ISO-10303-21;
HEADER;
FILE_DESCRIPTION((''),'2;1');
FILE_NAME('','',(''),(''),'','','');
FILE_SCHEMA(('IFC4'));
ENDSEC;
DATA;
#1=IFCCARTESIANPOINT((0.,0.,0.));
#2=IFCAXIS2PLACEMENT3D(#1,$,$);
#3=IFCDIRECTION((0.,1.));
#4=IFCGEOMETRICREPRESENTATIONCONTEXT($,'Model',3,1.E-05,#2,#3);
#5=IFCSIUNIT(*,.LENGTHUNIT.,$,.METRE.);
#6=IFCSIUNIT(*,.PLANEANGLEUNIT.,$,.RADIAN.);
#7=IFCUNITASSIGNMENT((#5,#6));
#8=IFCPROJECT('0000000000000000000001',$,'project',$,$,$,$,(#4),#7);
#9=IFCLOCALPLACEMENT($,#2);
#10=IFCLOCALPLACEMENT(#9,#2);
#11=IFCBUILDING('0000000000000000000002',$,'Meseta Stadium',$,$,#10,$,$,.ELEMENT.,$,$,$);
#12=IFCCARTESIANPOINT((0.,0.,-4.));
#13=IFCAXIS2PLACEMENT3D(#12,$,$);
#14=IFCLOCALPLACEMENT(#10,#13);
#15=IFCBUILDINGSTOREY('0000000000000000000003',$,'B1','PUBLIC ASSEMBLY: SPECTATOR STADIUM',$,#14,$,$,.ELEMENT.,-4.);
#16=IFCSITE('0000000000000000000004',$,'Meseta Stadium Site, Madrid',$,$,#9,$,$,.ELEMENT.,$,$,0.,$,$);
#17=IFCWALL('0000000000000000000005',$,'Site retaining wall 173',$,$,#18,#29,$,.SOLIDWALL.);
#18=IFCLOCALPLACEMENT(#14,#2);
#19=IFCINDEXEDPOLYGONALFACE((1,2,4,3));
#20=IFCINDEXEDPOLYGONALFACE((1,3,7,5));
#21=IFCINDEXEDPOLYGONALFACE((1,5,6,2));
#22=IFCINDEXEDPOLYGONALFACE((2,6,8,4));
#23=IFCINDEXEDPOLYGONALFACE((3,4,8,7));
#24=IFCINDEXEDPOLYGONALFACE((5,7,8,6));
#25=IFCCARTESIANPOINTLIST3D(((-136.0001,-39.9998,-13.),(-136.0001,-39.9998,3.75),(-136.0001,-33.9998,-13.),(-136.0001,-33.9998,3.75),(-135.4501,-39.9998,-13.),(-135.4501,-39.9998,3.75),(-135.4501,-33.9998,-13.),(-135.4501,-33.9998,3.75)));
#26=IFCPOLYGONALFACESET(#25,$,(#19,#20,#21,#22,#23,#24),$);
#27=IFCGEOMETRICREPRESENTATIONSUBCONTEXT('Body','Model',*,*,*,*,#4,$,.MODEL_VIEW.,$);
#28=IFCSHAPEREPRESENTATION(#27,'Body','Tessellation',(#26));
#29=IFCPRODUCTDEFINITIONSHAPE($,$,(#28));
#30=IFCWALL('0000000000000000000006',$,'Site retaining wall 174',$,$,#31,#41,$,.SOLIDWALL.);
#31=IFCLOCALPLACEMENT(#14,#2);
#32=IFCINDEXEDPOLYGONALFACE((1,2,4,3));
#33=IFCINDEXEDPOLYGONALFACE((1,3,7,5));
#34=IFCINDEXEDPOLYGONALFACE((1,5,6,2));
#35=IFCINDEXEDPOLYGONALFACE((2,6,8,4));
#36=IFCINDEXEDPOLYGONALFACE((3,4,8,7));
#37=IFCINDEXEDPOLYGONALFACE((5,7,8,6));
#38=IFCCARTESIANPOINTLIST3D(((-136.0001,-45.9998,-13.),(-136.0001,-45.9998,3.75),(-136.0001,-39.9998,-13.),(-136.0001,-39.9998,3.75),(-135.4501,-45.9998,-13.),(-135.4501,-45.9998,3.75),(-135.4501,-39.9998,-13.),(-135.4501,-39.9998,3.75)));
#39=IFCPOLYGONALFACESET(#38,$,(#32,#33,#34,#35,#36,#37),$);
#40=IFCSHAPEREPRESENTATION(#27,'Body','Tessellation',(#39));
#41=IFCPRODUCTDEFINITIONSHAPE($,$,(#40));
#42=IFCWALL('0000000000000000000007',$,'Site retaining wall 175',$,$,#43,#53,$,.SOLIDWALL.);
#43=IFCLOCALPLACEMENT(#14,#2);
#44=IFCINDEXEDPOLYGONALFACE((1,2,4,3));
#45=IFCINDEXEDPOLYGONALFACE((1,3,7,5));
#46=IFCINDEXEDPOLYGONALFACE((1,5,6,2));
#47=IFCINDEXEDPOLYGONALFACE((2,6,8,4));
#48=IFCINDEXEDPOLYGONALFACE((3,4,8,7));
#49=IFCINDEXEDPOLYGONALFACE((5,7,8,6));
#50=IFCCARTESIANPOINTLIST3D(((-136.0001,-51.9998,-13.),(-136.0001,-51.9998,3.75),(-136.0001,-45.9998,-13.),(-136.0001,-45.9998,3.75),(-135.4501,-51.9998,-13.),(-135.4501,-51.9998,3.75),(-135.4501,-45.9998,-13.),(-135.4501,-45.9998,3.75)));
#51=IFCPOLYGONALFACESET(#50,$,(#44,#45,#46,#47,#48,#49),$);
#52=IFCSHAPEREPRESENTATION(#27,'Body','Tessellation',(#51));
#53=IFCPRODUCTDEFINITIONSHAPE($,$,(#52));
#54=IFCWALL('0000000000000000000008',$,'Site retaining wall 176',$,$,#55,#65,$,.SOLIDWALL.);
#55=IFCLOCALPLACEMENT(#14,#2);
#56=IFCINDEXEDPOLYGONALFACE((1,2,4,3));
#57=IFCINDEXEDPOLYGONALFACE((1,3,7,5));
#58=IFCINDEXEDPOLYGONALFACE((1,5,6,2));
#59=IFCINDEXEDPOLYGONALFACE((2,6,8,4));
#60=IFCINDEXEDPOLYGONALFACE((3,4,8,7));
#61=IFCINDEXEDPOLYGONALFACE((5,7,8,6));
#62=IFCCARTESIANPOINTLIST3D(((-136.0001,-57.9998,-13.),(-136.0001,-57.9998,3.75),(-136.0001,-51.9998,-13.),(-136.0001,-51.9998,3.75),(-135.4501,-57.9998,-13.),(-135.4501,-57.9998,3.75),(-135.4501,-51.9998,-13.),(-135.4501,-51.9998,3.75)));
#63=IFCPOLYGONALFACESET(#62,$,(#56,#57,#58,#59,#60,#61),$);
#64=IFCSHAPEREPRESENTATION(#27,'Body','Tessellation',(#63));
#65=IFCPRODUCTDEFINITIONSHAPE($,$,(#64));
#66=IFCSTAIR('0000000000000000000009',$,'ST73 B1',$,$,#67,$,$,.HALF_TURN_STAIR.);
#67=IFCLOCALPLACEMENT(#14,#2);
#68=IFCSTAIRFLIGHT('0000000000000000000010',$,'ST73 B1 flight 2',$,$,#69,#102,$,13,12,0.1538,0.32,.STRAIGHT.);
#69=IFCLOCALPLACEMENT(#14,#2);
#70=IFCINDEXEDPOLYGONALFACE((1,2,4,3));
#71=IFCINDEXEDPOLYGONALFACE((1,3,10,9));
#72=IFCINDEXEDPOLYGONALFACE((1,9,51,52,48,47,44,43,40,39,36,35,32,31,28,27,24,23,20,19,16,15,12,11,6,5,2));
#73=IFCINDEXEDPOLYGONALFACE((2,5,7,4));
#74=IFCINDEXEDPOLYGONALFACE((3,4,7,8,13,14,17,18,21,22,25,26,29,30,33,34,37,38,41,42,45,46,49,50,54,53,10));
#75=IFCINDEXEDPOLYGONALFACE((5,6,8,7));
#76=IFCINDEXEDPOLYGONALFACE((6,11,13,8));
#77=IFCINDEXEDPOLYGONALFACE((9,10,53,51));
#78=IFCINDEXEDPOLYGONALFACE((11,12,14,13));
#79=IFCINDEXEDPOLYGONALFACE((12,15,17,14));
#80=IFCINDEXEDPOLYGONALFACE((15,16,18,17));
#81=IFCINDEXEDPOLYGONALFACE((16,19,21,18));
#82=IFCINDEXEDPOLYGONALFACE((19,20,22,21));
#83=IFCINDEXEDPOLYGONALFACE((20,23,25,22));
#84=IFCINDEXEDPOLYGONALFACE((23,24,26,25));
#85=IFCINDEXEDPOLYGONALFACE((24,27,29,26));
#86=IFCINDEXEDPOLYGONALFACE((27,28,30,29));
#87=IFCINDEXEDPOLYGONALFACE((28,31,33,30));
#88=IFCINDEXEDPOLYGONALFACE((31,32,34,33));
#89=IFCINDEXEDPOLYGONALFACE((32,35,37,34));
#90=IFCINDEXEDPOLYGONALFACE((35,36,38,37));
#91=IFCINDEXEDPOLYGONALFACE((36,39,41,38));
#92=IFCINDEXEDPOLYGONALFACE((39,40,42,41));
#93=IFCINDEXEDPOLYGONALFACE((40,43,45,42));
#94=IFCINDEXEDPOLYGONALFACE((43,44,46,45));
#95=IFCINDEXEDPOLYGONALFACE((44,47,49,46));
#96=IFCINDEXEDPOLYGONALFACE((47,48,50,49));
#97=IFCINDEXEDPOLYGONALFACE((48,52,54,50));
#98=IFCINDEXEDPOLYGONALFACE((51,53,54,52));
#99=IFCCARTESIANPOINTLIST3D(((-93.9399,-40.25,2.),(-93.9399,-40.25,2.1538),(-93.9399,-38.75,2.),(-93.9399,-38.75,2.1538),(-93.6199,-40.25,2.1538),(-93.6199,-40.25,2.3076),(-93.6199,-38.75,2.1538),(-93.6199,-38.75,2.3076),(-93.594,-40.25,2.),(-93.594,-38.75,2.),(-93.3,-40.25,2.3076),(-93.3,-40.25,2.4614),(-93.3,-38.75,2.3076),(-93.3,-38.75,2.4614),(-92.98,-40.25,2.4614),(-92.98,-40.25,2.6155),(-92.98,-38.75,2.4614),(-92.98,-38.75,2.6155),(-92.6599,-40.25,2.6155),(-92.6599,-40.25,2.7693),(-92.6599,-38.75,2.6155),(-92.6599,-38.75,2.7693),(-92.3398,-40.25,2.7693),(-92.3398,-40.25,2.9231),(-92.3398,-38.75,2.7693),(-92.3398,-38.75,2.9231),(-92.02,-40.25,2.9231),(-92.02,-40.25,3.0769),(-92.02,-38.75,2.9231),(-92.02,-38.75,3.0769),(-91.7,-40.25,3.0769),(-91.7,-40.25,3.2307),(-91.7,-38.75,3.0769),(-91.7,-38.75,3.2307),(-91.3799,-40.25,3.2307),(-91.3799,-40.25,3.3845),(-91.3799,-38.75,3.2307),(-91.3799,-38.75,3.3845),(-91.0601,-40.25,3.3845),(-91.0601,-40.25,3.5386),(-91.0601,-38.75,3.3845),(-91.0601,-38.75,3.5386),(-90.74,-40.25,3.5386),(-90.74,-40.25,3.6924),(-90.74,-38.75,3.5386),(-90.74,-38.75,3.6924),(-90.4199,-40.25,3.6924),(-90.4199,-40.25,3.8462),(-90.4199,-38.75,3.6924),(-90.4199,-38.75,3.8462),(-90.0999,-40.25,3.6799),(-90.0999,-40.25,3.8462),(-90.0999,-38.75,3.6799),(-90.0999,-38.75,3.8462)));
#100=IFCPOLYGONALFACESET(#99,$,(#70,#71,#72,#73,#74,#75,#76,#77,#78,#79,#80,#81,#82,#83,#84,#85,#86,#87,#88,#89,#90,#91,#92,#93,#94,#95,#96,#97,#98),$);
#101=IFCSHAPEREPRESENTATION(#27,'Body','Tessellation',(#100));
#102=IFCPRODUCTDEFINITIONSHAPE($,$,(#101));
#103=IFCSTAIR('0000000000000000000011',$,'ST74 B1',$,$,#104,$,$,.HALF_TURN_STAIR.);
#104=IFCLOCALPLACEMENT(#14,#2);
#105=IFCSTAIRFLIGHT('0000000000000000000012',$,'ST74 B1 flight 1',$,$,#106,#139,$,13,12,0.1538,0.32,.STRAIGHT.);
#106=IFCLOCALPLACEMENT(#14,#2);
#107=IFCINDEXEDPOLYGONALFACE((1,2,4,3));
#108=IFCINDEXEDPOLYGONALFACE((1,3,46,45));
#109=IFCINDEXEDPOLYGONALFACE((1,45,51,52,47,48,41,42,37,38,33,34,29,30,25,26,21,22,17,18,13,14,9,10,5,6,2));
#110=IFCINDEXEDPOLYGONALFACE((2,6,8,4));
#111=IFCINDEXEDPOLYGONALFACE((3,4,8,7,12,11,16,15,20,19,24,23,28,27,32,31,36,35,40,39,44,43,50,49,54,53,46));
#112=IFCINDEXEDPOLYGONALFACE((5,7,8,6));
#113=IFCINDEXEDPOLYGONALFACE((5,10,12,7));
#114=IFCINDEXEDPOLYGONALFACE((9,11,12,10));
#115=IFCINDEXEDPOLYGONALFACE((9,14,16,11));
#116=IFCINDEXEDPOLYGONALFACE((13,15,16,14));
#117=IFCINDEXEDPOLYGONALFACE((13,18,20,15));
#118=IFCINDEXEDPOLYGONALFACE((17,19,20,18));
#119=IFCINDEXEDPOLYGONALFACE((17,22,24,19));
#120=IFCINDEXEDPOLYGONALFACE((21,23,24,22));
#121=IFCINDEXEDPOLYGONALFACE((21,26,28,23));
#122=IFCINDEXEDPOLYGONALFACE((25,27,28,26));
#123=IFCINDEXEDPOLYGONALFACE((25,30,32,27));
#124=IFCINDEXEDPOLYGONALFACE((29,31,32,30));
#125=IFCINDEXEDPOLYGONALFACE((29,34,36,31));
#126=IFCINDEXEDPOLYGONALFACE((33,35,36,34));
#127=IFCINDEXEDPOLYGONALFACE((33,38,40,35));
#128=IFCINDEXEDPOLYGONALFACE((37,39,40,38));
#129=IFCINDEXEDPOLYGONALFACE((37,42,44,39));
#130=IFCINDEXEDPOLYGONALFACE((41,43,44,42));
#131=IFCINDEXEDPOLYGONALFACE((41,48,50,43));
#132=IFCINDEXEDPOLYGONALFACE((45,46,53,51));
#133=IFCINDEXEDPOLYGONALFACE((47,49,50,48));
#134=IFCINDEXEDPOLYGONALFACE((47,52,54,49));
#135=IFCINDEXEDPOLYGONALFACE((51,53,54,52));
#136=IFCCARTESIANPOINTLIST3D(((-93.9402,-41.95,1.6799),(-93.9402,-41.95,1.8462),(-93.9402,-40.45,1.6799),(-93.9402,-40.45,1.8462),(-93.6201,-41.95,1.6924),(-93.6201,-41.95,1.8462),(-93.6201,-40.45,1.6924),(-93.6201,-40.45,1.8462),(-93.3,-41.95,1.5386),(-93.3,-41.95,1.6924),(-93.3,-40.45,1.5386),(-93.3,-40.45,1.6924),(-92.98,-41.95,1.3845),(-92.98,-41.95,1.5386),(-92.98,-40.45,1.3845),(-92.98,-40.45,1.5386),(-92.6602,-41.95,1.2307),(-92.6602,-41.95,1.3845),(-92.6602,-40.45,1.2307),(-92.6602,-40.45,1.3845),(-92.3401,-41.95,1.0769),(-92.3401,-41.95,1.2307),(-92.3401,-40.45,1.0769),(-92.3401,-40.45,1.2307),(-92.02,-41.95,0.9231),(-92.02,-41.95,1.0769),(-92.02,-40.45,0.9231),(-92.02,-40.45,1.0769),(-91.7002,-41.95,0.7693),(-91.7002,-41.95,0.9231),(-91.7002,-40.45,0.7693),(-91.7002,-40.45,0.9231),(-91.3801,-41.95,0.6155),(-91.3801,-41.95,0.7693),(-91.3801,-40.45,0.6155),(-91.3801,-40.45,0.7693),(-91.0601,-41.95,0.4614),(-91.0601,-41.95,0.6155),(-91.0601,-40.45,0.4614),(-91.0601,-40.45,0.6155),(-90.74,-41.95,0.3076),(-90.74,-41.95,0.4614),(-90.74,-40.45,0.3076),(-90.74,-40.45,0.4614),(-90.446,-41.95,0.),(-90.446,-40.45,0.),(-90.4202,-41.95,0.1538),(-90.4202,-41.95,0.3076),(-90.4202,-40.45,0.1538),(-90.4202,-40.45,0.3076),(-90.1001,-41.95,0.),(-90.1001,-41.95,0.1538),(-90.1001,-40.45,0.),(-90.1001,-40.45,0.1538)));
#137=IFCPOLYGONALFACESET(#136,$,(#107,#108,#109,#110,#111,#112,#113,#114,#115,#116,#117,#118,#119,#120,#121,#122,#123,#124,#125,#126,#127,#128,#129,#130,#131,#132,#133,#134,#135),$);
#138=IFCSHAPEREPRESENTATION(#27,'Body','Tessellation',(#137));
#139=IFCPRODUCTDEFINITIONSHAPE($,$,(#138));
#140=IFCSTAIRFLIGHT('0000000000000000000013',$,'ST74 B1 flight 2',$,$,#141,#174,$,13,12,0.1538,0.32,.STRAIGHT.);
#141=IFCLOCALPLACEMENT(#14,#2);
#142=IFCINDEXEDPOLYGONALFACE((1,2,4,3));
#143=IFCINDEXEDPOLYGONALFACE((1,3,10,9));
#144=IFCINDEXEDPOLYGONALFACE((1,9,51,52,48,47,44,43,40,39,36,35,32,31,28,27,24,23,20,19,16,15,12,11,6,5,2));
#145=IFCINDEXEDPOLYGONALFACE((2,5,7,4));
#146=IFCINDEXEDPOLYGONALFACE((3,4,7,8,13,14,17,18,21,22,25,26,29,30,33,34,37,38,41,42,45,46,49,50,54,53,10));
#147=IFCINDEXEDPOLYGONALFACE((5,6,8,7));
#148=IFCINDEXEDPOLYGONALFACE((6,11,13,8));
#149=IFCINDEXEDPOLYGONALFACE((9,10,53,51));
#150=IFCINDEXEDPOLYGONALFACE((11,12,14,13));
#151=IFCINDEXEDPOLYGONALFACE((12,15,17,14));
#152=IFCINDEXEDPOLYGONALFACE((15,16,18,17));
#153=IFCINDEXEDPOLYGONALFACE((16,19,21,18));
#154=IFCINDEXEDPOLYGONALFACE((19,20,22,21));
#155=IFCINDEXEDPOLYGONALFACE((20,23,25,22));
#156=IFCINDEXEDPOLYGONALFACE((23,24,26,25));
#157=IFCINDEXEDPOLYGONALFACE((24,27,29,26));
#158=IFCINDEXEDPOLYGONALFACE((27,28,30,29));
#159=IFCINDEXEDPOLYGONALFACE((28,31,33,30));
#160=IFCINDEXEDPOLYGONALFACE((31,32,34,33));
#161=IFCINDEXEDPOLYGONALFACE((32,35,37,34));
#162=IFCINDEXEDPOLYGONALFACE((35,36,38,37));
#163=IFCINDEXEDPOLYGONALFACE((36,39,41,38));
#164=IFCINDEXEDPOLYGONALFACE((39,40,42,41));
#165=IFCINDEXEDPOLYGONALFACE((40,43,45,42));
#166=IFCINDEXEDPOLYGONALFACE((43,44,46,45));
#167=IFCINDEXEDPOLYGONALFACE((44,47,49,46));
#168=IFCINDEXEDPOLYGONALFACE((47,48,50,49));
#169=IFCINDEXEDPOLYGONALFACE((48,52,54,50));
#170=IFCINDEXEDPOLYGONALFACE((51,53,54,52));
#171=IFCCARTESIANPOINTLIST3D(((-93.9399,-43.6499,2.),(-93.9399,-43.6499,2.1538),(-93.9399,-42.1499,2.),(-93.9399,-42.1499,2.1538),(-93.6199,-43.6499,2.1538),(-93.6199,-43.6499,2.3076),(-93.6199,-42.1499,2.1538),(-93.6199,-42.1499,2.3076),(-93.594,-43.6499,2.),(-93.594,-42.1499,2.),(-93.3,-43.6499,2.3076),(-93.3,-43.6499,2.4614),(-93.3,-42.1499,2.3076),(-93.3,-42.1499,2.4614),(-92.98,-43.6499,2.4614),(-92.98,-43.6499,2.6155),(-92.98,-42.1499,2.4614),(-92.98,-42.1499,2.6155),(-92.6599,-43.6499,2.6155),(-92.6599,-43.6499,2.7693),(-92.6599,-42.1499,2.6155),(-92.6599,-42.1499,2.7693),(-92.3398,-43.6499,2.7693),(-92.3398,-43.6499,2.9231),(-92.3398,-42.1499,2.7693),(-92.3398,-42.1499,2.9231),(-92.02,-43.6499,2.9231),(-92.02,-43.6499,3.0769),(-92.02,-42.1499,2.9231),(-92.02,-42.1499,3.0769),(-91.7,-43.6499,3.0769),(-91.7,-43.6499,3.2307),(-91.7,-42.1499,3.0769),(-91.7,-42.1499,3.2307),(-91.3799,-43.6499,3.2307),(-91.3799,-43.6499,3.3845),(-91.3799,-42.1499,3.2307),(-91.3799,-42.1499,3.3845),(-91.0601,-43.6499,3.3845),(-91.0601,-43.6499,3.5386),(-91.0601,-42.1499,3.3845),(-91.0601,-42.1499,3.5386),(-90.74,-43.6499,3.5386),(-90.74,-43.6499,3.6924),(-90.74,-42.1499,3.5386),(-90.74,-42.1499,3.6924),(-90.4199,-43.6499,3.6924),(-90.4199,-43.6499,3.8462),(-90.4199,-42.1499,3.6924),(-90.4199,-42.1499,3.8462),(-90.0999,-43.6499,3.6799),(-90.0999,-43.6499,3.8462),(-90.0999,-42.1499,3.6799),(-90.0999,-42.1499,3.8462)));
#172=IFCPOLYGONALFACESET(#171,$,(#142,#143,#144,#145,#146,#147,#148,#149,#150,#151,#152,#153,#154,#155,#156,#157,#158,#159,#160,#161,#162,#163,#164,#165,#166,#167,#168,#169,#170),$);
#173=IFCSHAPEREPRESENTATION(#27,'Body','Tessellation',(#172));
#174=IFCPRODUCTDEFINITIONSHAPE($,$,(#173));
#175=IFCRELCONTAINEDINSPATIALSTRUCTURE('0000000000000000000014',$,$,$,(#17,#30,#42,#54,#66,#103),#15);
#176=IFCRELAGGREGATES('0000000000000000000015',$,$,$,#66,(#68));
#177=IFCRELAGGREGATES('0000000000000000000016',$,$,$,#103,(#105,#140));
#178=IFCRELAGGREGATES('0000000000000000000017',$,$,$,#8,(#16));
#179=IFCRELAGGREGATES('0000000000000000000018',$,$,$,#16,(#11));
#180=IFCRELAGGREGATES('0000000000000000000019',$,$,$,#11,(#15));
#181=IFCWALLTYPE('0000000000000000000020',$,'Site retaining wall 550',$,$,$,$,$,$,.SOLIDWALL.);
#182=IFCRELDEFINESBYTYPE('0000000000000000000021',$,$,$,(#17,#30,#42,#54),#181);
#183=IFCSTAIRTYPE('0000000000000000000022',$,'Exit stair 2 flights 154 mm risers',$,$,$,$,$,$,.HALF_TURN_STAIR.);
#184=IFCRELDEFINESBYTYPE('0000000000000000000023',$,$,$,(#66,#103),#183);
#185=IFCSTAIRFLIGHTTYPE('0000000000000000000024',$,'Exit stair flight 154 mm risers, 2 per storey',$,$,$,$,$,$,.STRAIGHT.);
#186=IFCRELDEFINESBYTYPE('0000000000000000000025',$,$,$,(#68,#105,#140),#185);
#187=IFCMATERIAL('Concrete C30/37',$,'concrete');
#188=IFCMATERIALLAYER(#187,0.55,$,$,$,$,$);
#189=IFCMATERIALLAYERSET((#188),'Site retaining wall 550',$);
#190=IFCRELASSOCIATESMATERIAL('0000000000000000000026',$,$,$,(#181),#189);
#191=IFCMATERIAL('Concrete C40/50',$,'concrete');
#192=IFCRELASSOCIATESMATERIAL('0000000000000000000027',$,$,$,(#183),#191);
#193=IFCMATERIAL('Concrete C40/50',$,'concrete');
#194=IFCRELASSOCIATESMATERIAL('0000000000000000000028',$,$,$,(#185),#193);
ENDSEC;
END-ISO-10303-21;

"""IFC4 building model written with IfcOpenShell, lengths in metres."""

from ifc_helpers import new_model, si_unit, direction, frame, frame_2d, origin, place, context, subcontext, project, spatial, polyline, rectangle, outline, extrude, material, layer, layer_set, type_object, element, aggregate, save


model = new_model("IFC4")

# Units and contexts
model_context = context("Model", 3, precision=1e-05, world=origin(), true_north=direction((0.0, 1.0)))
body_context = subcontext(model_context, "Body", "Model", "MODEL_VIEW")
ifc_project = project(units=[si_unit("LENGTHUNIT", "METRE"), si_unit("PLANEANGLEUNIT", "RADIAN")], contexts=[model_context])

# Site, building, storey
site_placement = place(None, origin())
site = spatial("IfcSite", under=ifc_project, at=site_placement, Name="Meseta Stadium Site, Madrid", CompositionType="ELEMENT", RefElevation=0.0)
building_placement = place(site_placement, origin())
building = spatial("IfcBuilding", under=site, at=building_placement, Name="Meseta Stadium", CompositionType="ELEMENT")
storey_placement = place(building_placement, frame((0.0, 0.0, -4.0)))
storey = spatial("IfcBuildingStorey", under=building, at=storey_placement, Name="B1", Description="PUBLIC ASSEMBLY: SPECTATOR STADIUM", CompositionType="ELEMENT", Elevation=-4.0)

# Walls
ifc_material_1 = material(Name="Concrete C30/37", Category="concrete")
ifc_layer_1 = layer(ifc_material_1, 0.55)
ifc_layer_set_1 = layer_set([ifc_layer_1], Name="Site retaining wall 550")
wall_type_1 = type_object("IfcWallType", Name="Site retaining wall 550", PredefinedType="SOLIDWALL", material=ifc_layer_set_1)
for number, where, z_axis, x_axis, name in (
    (1, (-135.7251, -33.9998, -13.0), (0.0, 0.0, 1.0), (0.0, -1.0, 0.0), "Site retaining wall 173"),
    (2, (-135.7251, -39.9998, -13.0), (0.0, 0.0, 1.0), (0.0, -1.0, 0.0), "Site retaining wall 174"),
    (3, (-135.7251, -45.9998, -13.0), (0.0, 0.0, 1.0), (0.0, -1.0, 0.0), "Site retaining wall 175"),
    (4, (-135.7251, -51.9998, -13.0), (0.0, 0.0, 1.0), (0.0, -1.0, 0.0), "Site retaining wall 176"),
):
    element("IfcWall", number, at=place(storey_placement, frame(where, z_axis=z_axis, x_axis=x_axis)), inside=storey, type_object=wall_type_1, Name=name, PredefinedType="SOLIDWALL", context=body_context, shape_type="SweptSolid", body=[
        extrude(rectangle(XDim=6.0, YDim=0.55, at=frame_2d((3.0, 0.0))), origin(), (0.0, 0.0, 1.0), 16.75),
    ])

# Stair, stair flight
ifc_material_2 = material(Name="Concrete C40/50", Category="concrete")
stair_type = type_object("IfcStairType", Name="Exit stair 2 flights 154 mm risers", PredefinedType="HALF_TURN_STAIR", material=ifc_material_2)
stair_1_placement = place(storey_placement, origin())
stair_1 = element("IfcStair", 5, at=stair_1_placement, inside=storey, type_object=stair_type, Name="ST73 B1", PredefinedType="HALF_TURN_STAIR")
ifc_material_3 = material(Name="Concrete C40/50", Category="concrete")
stair_flight_type = type_object("IfcStairFlightType", Name="Exit stair flight 154 mm risers, 2 per storey", PredefinedType="STRAIGHT", material=ifc_material_3)
stair_flight_1_placement = place(storey_placement, frame((-93.9399, -39.5, 2.0), z_axis=(0.0, 0.0, 1.0), x_axis=(1.0, 0.0, 0.0)))
stair_flight_1 = element("IfcStairFlight", 6, at=stair_flight_1_placement, type_object=stair_flight_type, Name="ST73 B1 flight 2", NumberOfRisers=13, NumberOfTreads=12, PredefinedType="STRAIGHT", RiserHeight=0.1538, TreadLength=0.32, context=body_context, shape_type="SweptSolid", body=[
    extrude(outline(polyline([(0.0, 0.0), (0.0, 0.1538), (0.3201, 0.1538), (0.3201, 0.3076), (0.6399, 0.3076), (0.6399, 0.4614), (0.96, 0.4614), (0.96, 0.6155), (1.28, 0.6155), (1.28, 0.7693), (1.6001, 0.7693), (1.6001, 0.9231), (1.9199, 0.9231), (1.9199, 1.0769), (2.24, 1.0769), (2.24, 1.2307), (2.5601, 1.2307), (2.5601, 1.3845), (2.8799, 1.3845), (2.8799, 1.5386), (3.2, 1.5386), (3.2, 1.6924), (3.52, 1.6924), (3.52, 1.8462), (3.8401, 1.8462), (3.8401, 1.6799), (0.3459, 0.0), (0.0, 0.0)])), frame((0.0, 0.75, 0.0), z_axis=(0.0, -1.0, 0.0), x_axis=(1.0, 0.0, 0.0)), (0.0, 0.0, 1.0), 1.5),
])
aggregate(stair_1, [stair_flight_1])

# Stair, stair flights
stair_2_placement = place(storey_placement, origin())
stair_2 = element("IfcStair", 7, at=stair_2_placement, inside=storey, type_object=stair_type, Name="ST74 B1", PredefinedType="HALF_TURN_STAIR")
stair_flight_2_placement = place(storey_placement, frame((-90.1001, -41.2, 0.0), z_axis=(0.0, 0.0, 1.0), x_axis=(-1.0, 0.0, 0.0)))
stair_flight_2 = element("IfcStairFlight", 8, at=stair_flight_2_placement, type_object=stair_flight_type, Name="ST74 B1 flight 1", NumberOfRisers=13, NumberOfTreads=12, PredefinedType="STRAIGHT", RiserHeight=0.1538, TreadLength=0.32, context=body_context, shape_type="SweptSolid", body=[
    extrude(outline(polyline([(0.0, 0.0), (0.0, 0.1538), (0.3201, 0.1538), (0.3201, 0.3076), (0.6399, 0.3076), (0.6399, 0.4614), (0.96, 0.4614), (0.96, 0.6155), (1.28, 0.6155), (1.28, 0.7693), (1.6001, 0.7693), (1.6001, 0.9231), (1.9199, 0.9231), (1.9199, 1.0769), (2.24, 1.0769), (2.24, 1.2307), (2.5601, 1.2307), (2.5601, 1.3845), (2.8799, 1.3845), (2.8799, 1.5386), (3.2, 1.5386), (3.2, 1.6924), (3.52, 1.6924), (3.52, 1.8462), (3.8401, 1.8462), (3.8401, 1.6799), (0.3459, 0.0), (0.0, 0.0)])), frame((0.0, 0.75, 0.0), z_axis=(0.0, -1.0, 0.0), x_axis=(1.0, 0.0, 0.0)), (0.0, 0.0, 1.0), 1.5),
])
stair_flight_3_placement = place(storey_placement, frame((-93.9399, -42.8999, 2.0), z_axis=(0.0, 0.0, 1.0), x_axis=(1.0, 0.0, 0.0)))
stair_flight_3 = element("IfcStairFlight", 9, at=stair_flight_3_placement, type_object=stair_flight_type, Name="ST74 B1 flight 2", NumberOfRisers=13, NumberOfTreads=12, PredefinedType="STRAIGHT", RiserHeight=0.1538, TreadLength=0.32, context=body_context, shape_type="SweptSolid", body=[
    extrude(outline(polyline([(0.0, 0.0), (0.0, 0.1538), (0.3201, 0.1538), (0.3201, 0.3076), (0.6399, 0.3076), (0.6399, 0.4614), (0.96, 0.4614), (0.96, 0.6155), (1.28, 0.6155), (1.28, 0.7693), (1.6001, 0.7693), (1.6001, 0.9231), (1.9199, 0.9231), (1.9199, 1.0769), (2.24, 1.0769), (2.24, 1.2307), (2.5601, 1.2307), (2.5601, 1.3845), (2.8799, 1.3845), (2.8799, 1.5386), (3.2, 1.5386), (3.2, 1.6924), (3.52, 1.6924), (3.52, 1.8462), (3.8401, 1.8462), (3.8401, 1.6799), (0.3459, 0.0), (0.0, 0.0)])), frame((0.0, 0.75, 0.0), z_axis=(0.0, -1.0, 0.0), x_axis=(1.0, 0.0, 0.0)), (0.0, 0.0, 1.0), 1.5),
])
aggregate(stair_2, [stair_flight_2, stair_flight_3])

save(model, "model.ifc")
